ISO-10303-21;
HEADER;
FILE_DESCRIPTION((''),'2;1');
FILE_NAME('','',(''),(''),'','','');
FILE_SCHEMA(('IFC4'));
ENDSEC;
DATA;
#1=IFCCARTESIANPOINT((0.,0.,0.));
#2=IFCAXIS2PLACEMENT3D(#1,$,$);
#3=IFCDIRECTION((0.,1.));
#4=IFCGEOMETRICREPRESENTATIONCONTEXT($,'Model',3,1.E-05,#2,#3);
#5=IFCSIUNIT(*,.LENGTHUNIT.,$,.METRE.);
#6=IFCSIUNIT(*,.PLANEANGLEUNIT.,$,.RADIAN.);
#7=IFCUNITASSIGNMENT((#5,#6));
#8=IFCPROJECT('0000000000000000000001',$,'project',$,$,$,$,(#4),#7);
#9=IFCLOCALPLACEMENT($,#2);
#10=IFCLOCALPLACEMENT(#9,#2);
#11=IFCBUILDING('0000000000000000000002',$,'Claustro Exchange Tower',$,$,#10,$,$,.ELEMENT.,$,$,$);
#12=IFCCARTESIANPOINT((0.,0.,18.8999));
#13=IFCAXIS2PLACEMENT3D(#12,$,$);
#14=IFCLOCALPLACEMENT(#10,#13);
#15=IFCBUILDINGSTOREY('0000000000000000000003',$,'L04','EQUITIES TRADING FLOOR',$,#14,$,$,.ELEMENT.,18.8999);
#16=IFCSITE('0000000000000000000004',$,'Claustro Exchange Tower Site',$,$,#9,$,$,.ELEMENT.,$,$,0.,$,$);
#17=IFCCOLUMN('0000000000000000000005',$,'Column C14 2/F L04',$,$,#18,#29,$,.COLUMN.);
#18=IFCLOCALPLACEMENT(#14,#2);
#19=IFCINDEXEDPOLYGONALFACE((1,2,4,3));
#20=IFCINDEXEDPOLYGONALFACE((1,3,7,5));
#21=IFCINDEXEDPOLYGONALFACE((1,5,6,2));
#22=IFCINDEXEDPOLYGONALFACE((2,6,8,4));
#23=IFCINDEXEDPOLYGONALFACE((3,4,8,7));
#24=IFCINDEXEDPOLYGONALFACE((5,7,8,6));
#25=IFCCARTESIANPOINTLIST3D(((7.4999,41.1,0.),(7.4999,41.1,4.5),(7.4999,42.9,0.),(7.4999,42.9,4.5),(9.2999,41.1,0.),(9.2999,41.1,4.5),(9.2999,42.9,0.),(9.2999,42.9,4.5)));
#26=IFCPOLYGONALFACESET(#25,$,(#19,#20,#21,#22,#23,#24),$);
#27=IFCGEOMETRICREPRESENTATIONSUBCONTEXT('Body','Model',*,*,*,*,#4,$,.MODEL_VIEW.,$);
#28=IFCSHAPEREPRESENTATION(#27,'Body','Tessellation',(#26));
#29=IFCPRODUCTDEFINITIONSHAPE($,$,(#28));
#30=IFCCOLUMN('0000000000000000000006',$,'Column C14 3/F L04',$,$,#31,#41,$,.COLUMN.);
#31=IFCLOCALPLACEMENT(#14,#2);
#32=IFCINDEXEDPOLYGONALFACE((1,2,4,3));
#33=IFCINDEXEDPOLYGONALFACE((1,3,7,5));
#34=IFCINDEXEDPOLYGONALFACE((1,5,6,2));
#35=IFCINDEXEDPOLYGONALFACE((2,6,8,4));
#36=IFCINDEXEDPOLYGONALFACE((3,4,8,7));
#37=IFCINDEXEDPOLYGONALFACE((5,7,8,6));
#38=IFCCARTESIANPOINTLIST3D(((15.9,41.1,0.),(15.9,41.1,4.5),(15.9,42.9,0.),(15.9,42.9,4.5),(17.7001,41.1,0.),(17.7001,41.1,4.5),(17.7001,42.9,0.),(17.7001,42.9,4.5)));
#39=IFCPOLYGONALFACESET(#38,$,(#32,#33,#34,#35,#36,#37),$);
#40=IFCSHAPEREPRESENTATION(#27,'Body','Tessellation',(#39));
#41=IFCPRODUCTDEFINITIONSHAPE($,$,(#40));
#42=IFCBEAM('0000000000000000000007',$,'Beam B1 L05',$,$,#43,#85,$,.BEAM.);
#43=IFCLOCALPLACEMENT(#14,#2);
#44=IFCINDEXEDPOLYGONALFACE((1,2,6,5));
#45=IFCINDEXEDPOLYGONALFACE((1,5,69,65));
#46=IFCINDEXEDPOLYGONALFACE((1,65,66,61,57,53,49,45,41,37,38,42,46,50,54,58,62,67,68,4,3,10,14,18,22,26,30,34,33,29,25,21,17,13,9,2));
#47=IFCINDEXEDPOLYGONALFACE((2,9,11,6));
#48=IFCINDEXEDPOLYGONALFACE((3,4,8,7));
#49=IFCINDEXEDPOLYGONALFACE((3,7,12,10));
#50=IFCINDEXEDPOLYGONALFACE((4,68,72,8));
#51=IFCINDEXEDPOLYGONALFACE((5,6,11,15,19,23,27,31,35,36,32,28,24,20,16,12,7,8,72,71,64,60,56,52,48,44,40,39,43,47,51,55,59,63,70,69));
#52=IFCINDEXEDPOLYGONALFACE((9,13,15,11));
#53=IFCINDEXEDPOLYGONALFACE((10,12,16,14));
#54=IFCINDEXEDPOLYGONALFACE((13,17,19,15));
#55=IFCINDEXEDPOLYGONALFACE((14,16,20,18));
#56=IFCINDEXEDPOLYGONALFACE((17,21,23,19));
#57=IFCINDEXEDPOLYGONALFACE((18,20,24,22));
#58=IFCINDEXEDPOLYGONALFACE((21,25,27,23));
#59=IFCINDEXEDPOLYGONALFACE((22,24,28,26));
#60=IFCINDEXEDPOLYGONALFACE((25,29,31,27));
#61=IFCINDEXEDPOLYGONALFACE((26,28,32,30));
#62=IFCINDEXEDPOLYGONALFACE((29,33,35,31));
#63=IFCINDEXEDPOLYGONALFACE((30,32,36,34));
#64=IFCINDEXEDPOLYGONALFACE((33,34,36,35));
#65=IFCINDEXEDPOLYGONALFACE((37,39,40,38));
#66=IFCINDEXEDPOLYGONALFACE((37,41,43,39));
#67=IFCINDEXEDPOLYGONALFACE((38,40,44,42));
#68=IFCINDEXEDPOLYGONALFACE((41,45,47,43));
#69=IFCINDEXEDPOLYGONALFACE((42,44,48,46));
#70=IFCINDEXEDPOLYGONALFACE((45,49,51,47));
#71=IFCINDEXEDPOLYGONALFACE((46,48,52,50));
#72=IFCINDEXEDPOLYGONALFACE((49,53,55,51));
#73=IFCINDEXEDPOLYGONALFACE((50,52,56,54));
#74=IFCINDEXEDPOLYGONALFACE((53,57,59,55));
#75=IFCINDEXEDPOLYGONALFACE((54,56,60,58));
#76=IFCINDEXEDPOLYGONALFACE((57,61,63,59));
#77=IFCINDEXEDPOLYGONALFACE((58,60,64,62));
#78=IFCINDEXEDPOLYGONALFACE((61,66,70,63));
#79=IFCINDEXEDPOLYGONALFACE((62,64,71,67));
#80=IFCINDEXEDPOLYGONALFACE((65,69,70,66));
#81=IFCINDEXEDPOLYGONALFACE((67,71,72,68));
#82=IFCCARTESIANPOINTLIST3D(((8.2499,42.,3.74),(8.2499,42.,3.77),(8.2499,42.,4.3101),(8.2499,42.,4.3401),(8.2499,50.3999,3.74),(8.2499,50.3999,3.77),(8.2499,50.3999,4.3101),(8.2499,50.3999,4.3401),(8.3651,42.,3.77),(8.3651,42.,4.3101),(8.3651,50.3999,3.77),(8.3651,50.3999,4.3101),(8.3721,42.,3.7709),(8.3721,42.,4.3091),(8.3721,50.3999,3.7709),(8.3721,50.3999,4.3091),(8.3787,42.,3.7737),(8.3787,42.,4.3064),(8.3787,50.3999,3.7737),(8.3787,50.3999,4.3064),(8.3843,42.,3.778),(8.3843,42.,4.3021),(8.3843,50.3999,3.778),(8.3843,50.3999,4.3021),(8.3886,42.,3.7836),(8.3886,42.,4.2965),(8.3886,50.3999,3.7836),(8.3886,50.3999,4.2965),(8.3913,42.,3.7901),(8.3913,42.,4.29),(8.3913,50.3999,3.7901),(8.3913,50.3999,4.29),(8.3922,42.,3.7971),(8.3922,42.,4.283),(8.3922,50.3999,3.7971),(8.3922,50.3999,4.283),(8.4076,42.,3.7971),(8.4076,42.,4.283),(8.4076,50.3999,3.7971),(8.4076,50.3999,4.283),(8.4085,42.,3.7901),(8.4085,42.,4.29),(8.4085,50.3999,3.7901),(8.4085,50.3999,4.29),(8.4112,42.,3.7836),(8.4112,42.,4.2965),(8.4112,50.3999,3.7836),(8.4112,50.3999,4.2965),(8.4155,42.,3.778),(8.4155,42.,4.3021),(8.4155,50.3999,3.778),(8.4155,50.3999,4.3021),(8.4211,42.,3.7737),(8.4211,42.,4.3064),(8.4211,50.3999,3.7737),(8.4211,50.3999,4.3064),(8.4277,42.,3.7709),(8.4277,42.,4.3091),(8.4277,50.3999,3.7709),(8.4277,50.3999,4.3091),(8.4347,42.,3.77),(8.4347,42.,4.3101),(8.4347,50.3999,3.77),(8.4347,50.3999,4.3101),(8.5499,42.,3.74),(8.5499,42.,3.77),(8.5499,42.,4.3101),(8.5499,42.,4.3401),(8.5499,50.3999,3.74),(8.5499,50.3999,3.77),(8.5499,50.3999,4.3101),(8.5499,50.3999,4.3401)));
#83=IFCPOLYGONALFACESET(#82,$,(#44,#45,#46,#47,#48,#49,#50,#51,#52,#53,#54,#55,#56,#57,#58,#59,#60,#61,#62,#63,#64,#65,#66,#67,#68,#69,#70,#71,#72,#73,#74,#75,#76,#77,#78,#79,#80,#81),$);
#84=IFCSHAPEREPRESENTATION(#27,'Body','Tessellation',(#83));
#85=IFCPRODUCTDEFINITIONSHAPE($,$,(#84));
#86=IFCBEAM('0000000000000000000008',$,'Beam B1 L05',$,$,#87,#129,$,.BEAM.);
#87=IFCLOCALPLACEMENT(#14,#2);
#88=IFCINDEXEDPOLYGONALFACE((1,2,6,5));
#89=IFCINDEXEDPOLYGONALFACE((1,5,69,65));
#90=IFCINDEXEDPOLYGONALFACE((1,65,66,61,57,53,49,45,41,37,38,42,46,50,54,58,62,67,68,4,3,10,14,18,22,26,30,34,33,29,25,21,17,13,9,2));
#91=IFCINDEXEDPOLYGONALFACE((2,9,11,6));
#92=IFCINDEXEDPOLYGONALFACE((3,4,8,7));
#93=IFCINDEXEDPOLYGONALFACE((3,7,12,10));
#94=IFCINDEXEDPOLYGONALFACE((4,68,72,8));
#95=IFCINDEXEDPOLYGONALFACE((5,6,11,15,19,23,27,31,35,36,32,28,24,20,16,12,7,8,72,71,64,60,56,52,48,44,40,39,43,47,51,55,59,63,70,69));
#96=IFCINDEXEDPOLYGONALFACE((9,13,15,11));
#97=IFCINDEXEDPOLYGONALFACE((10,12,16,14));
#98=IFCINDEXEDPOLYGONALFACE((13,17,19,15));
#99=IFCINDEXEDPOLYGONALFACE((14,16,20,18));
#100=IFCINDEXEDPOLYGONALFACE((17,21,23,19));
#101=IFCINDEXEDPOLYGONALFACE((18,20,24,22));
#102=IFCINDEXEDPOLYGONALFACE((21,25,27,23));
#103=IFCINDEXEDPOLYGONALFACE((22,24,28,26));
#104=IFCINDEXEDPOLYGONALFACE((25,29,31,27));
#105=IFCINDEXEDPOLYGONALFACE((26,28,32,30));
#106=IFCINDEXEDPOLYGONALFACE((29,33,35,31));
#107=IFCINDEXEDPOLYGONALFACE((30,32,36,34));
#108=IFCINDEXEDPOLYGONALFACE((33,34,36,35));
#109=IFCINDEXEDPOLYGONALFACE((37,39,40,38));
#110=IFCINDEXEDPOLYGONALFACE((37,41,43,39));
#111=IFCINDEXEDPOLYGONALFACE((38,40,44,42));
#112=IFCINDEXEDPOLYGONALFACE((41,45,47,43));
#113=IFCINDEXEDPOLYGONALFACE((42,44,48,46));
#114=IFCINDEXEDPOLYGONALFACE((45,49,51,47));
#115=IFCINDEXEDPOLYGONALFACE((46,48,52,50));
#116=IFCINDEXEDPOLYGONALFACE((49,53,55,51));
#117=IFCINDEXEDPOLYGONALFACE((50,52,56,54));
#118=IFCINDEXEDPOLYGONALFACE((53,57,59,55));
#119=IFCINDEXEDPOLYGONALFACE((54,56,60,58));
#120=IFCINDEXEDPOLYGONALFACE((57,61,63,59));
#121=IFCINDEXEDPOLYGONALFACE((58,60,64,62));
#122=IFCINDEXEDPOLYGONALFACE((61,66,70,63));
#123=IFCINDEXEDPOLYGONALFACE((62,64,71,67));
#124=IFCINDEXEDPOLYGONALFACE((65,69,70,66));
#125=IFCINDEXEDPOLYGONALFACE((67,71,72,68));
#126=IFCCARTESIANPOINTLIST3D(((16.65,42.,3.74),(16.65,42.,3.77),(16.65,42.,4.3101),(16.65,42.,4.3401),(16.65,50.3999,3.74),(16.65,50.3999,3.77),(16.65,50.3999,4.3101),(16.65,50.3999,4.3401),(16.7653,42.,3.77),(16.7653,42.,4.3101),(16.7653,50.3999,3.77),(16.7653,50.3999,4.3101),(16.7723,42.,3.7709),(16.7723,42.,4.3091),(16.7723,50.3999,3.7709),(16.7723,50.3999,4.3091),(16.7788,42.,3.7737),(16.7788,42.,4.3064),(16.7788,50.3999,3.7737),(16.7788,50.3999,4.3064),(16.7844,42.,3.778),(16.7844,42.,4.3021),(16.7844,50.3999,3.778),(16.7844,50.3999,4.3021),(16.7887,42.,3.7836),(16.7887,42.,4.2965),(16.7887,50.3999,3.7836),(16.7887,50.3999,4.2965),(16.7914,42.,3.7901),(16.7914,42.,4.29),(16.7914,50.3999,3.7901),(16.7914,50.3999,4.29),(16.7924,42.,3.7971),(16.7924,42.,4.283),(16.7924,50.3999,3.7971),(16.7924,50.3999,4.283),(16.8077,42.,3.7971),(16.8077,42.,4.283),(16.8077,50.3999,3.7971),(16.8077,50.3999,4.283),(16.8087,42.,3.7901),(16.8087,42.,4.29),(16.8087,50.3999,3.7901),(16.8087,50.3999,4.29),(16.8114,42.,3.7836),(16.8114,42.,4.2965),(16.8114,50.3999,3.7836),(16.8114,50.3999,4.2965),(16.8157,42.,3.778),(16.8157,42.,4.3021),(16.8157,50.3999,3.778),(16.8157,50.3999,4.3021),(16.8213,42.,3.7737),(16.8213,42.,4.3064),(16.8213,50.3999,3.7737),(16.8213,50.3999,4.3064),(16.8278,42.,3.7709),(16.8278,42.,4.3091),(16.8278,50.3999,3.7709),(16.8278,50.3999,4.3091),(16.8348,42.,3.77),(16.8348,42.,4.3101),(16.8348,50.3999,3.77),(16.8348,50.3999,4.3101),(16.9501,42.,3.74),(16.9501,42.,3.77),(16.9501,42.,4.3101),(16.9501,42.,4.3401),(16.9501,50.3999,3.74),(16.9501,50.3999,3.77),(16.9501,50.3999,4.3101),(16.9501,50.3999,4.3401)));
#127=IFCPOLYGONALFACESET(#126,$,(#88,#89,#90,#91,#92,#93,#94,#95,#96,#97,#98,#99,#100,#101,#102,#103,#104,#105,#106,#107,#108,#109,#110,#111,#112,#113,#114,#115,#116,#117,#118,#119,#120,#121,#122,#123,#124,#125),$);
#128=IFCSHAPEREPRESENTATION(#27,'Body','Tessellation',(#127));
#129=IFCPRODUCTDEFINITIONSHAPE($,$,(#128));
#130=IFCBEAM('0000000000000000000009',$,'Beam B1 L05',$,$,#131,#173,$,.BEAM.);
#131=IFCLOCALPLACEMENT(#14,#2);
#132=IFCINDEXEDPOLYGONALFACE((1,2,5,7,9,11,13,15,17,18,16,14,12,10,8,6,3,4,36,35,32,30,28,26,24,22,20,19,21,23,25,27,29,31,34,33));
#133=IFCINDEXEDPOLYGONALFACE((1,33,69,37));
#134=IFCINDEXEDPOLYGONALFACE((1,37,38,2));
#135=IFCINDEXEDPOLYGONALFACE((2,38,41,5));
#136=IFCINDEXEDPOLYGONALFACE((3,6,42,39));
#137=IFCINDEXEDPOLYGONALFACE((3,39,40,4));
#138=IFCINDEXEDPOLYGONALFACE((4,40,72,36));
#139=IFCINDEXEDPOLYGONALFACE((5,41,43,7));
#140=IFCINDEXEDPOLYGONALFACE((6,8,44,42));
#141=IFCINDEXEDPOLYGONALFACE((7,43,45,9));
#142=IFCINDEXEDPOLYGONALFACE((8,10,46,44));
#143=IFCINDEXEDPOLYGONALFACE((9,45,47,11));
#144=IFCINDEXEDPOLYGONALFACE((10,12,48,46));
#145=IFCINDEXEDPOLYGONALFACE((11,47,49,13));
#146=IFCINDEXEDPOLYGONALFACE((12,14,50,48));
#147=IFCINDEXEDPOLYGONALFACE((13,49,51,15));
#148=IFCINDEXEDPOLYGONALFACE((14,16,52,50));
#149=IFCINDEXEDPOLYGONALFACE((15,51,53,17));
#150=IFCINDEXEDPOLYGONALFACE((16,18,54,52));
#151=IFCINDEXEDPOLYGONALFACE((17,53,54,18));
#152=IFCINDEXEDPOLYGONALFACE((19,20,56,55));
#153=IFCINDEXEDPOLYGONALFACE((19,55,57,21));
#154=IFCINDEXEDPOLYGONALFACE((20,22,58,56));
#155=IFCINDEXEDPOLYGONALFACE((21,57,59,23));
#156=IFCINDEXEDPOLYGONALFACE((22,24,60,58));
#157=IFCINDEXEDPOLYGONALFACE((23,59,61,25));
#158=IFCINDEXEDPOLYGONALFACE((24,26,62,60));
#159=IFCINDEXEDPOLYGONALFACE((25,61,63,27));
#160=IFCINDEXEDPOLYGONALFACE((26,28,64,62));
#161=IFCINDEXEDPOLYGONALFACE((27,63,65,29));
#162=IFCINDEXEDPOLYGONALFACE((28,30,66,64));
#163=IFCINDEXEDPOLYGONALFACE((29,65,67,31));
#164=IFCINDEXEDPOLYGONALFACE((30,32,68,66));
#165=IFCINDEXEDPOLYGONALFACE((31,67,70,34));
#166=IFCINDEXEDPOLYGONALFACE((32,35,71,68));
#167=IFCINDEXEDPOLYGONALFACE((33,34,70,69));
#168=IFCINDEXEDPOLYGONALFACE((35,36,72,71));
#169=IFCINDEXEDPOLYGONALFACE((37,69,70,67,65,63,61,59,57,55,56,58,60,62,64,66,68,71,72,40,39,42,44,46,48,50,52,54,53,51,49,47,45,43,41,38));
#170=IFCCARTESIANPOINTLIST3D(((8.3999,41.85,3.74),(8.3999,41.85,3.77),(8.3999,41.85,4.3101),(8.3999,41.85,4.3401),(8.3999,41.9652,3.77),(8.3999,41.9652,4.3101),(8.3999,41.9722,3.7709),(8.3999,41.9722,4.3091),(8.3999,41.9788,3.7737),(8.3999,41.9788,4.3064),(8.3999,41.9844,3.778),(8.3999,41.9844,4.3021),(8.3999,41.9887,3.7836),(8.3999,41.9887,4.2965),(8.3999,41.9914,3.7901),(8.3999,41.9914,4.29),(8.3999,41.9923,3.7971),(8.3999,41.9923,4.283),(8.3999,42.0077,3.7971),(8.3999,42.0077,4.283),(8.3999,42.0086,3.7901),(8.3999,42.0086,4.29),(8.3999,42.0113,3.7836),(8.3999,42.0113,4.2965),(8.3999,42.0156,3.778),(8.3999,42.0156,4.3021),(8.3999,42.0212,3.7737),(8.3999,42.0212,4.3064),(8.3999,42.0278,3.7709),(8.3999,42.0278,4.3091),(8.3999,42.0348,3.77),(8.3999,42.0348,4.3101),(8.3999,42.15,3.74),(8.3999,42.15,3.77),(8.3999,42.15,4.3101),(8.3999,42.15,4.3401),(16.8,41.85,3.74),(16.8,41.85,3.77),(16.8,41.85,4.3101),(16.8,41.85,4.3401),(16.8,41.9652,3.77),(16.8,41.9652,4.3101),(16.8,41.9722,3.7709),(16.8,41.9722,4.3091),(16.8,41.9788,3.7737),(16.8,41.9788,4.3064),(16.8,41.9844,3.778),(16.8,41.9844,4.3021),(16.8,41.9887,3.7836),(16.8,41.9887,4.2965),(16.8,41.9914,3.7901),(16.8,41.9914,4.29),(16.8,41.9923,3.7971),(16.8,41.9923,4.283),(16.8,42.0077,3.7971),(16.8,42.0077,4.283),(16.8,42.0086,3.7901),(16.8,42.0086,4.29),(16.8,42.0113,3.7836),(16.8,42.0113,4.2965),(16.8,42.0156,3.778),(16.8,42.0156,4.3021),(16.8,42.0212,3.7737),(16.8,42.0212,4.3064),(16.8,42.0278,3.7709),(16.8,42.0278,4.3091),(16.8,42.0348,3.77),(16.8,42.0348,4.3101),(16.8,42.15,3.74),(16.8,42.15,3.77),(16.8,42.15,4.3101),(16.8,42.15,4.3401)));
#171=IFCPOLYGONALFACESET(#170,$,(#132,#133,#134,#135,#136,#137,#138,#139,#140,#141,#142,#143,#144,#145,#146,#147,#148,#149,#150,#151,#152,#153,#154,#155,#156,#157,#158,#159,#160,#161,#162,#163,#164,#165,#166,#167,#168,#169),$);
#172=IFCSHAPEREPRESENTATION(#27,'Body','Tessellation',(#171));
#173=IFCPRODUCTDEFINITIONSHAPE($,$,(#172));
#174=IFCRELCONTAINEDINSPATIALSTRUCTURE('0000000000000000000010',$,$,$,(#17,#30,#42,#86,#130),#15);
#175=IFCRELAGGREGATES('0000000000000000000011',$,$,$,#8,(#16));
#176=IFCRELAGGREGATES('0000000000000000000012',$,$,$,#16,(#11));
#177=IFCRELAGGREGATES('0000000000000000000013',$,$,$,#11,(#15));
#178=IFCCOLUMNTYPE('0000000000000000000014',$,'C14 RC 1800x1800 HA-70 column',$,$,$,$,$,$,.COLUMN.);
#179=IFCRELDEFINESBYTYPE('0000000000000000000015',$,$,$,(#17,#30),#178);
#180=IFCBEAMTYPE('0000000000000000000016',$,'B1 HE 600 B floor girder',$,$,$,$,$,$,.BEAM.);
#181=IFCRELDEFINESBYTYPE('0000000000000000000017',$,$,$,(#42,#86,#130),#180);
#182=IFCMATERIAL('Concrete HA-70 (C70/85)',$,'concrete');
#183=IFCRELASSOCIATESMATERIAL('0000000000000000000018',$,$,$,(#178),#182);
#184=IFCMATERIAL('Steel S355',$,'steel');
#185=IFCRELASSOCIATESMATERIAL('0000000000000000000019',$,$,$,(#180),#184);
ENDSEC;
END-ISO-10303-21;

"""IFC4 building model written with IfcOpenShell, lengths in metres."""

from ifc_helpers import new_model, si_unit, direction, frame, origin, origin_2d, place, context, subcontext, project, spatial, rectangle, i_section, extrude, material, material_profile, profile_set, type_object, element, save


model = new_model("IFC4")

# Units and contexts
model_context = context("Model", 3, precision=1e-05, world=origin(), true_north=direction((0.0, 1.0)))
body_context = subcontext(model_context, "Body", "Model", "MODEL_VIEW")
ifc_project = project(units=[si_unit("LENGTHUNIT", "METRE"), si_unit("PLANEANGLEUNIT", "RADIAN")], contexts=[model_context])

# Site, building, storey
site_placement = place(None, origin())
site = spatial("IfcSite", under=ifc_project, at=site_placement, Name="Claustro Exchange Tower Site", CompositionType="ELEMENT", RefElevation=0.0)
building_placement = place(site_placement, origin())
building = spatial("IfcBuilding", under=site, at=building_placement, Name="Claustro Exchange Tower", CompositionType="ELEMENT")
storey_placement = place(building_placement, frame((0.0, 0.0, 18.8999)))
storey = spatial("IfcBuildingStorey", under=building, at=storey_placement, Name="L04", Description="EQUITIES TRADING FLOOR", CompositionType="ELEMENT", Elevation=18.8999)

# Columns
ifc_material_1 = material(Name="Concrete HA-70 (C70/85)", Category="concrete")
ifc_material_profile_1 = material_profile(ifc_material_1, rectangle(XDim=1.8, YDim=1.8, at=origin_2d()), Name="RC 1800x1800")
ifc_profile_set_1 = profile_set([ifc_material_profile_1], Name="Concrete HA-70 (C70/85)")
column_type = type_object("IfcColumnType", Name="C14 RC 1800x1800 HA-70 column", PredefinedType="COLUMN", material=ifc_profile_set_1)
for number, where, z_axis, x_axis, name in (
    (1, (8.3999, 42.0, 0.0), (0.0, 0.0, 1.0), (1.0, 0.0, 0.0), "Column C14 2/F L04"),
    (2, (16.8, 42.0, 0.0), (0.0, 0.0, 1.0), (1.0, 0.0, 0.0), "Column C14 3/F L04"),
):
    element("IfcColumn", number, at=place(storey_placement, frame(where, z_axis=z_axis, x_axis=x_axis)), inside=storey, type_object=column_type, Name=name, PredefinedType="COLUMN", context=body_context, shape_type="SweptSolid", body=[
        extrude(rectangle(XDim=1.8, YDim=1.8, at=origin_2d()), origin(), (0.0, 0.0, 1.0), 4.5),
    ])

# Beams
ifc_material_2 = material(Name="Steel S355", Category="steel")
ifc_material_profile_2 = material_profile(ifc_material_2, i_section(OverallWidth=0.3, OverallDepth=0.6001, WebThickness=0.0154, FlangeThickness=0.03, FilletRadius=0.0271, at=origin_2d()), Name="HE 600 B")
ifc_profile_set_2 = profile_set([ifc_material_profile_2], Name="Steel S355")
beam_type_1 = type_object("IfcBeamType", Name="B1 HE 600 B floor girder", PredefinedType="BEAM", material=ifc_profile_set_2)
for number, where, z_axis, x_axis, name in (
    (3, (8.3999, 42.0, 4.04), (0.0, 1.0, 0.0), (-1.0, 0.0, 0.0), "Beam B1 L05"),
    (4, (16.8, 42.0, 4.04), (0.0, 1.0, 0.0), (-1.0, 0.0, 0.0), "Beam B1 L05"),
):
    element("IfcBeam", number, at=place(storey_placement, frame(where, z_axis=z_axis, x_axis=x_axis)), inside=storey, type_object=beam_type_1, Name=name, PredefinedType="BEAM", context=body_context, shape_type="SweptSolid", body=[
        extrude(i_section(OverallWidth=0.3, OverallDepth=0.6001, WebThickness=0.0154, FlangeThickness=0.03, FilletRadius=0.0271, at=origin_2d()), origin(), (0.0, 0.0, 1.0), 8.3999),
    ])
beam_placement = place(storey_placement, frame((8.3999, 42.0, 4.04), z_axis=(1.0, 0.0, 0.0), x_axis=(0.0, 1.0, 0.0)))
element("IfcBeam", 5, at=beam_placement, inside=storey, type_object=beam_type_1, Name="Beam B1 L05", PredefinedType="BEAM", context=body_context, shape_type="SweptSolid", body=[
    extrude(i_section(OverallWidth=0.3, OverallDepth=0.6001, WebThickness=0.0154, FlangeThickness=0.03, FilletRadius=0.0271, at=origin_2d()), origin(), (0.0, 0.0, 1.0), 8.4001),
])

save(model, "model.ifc")
